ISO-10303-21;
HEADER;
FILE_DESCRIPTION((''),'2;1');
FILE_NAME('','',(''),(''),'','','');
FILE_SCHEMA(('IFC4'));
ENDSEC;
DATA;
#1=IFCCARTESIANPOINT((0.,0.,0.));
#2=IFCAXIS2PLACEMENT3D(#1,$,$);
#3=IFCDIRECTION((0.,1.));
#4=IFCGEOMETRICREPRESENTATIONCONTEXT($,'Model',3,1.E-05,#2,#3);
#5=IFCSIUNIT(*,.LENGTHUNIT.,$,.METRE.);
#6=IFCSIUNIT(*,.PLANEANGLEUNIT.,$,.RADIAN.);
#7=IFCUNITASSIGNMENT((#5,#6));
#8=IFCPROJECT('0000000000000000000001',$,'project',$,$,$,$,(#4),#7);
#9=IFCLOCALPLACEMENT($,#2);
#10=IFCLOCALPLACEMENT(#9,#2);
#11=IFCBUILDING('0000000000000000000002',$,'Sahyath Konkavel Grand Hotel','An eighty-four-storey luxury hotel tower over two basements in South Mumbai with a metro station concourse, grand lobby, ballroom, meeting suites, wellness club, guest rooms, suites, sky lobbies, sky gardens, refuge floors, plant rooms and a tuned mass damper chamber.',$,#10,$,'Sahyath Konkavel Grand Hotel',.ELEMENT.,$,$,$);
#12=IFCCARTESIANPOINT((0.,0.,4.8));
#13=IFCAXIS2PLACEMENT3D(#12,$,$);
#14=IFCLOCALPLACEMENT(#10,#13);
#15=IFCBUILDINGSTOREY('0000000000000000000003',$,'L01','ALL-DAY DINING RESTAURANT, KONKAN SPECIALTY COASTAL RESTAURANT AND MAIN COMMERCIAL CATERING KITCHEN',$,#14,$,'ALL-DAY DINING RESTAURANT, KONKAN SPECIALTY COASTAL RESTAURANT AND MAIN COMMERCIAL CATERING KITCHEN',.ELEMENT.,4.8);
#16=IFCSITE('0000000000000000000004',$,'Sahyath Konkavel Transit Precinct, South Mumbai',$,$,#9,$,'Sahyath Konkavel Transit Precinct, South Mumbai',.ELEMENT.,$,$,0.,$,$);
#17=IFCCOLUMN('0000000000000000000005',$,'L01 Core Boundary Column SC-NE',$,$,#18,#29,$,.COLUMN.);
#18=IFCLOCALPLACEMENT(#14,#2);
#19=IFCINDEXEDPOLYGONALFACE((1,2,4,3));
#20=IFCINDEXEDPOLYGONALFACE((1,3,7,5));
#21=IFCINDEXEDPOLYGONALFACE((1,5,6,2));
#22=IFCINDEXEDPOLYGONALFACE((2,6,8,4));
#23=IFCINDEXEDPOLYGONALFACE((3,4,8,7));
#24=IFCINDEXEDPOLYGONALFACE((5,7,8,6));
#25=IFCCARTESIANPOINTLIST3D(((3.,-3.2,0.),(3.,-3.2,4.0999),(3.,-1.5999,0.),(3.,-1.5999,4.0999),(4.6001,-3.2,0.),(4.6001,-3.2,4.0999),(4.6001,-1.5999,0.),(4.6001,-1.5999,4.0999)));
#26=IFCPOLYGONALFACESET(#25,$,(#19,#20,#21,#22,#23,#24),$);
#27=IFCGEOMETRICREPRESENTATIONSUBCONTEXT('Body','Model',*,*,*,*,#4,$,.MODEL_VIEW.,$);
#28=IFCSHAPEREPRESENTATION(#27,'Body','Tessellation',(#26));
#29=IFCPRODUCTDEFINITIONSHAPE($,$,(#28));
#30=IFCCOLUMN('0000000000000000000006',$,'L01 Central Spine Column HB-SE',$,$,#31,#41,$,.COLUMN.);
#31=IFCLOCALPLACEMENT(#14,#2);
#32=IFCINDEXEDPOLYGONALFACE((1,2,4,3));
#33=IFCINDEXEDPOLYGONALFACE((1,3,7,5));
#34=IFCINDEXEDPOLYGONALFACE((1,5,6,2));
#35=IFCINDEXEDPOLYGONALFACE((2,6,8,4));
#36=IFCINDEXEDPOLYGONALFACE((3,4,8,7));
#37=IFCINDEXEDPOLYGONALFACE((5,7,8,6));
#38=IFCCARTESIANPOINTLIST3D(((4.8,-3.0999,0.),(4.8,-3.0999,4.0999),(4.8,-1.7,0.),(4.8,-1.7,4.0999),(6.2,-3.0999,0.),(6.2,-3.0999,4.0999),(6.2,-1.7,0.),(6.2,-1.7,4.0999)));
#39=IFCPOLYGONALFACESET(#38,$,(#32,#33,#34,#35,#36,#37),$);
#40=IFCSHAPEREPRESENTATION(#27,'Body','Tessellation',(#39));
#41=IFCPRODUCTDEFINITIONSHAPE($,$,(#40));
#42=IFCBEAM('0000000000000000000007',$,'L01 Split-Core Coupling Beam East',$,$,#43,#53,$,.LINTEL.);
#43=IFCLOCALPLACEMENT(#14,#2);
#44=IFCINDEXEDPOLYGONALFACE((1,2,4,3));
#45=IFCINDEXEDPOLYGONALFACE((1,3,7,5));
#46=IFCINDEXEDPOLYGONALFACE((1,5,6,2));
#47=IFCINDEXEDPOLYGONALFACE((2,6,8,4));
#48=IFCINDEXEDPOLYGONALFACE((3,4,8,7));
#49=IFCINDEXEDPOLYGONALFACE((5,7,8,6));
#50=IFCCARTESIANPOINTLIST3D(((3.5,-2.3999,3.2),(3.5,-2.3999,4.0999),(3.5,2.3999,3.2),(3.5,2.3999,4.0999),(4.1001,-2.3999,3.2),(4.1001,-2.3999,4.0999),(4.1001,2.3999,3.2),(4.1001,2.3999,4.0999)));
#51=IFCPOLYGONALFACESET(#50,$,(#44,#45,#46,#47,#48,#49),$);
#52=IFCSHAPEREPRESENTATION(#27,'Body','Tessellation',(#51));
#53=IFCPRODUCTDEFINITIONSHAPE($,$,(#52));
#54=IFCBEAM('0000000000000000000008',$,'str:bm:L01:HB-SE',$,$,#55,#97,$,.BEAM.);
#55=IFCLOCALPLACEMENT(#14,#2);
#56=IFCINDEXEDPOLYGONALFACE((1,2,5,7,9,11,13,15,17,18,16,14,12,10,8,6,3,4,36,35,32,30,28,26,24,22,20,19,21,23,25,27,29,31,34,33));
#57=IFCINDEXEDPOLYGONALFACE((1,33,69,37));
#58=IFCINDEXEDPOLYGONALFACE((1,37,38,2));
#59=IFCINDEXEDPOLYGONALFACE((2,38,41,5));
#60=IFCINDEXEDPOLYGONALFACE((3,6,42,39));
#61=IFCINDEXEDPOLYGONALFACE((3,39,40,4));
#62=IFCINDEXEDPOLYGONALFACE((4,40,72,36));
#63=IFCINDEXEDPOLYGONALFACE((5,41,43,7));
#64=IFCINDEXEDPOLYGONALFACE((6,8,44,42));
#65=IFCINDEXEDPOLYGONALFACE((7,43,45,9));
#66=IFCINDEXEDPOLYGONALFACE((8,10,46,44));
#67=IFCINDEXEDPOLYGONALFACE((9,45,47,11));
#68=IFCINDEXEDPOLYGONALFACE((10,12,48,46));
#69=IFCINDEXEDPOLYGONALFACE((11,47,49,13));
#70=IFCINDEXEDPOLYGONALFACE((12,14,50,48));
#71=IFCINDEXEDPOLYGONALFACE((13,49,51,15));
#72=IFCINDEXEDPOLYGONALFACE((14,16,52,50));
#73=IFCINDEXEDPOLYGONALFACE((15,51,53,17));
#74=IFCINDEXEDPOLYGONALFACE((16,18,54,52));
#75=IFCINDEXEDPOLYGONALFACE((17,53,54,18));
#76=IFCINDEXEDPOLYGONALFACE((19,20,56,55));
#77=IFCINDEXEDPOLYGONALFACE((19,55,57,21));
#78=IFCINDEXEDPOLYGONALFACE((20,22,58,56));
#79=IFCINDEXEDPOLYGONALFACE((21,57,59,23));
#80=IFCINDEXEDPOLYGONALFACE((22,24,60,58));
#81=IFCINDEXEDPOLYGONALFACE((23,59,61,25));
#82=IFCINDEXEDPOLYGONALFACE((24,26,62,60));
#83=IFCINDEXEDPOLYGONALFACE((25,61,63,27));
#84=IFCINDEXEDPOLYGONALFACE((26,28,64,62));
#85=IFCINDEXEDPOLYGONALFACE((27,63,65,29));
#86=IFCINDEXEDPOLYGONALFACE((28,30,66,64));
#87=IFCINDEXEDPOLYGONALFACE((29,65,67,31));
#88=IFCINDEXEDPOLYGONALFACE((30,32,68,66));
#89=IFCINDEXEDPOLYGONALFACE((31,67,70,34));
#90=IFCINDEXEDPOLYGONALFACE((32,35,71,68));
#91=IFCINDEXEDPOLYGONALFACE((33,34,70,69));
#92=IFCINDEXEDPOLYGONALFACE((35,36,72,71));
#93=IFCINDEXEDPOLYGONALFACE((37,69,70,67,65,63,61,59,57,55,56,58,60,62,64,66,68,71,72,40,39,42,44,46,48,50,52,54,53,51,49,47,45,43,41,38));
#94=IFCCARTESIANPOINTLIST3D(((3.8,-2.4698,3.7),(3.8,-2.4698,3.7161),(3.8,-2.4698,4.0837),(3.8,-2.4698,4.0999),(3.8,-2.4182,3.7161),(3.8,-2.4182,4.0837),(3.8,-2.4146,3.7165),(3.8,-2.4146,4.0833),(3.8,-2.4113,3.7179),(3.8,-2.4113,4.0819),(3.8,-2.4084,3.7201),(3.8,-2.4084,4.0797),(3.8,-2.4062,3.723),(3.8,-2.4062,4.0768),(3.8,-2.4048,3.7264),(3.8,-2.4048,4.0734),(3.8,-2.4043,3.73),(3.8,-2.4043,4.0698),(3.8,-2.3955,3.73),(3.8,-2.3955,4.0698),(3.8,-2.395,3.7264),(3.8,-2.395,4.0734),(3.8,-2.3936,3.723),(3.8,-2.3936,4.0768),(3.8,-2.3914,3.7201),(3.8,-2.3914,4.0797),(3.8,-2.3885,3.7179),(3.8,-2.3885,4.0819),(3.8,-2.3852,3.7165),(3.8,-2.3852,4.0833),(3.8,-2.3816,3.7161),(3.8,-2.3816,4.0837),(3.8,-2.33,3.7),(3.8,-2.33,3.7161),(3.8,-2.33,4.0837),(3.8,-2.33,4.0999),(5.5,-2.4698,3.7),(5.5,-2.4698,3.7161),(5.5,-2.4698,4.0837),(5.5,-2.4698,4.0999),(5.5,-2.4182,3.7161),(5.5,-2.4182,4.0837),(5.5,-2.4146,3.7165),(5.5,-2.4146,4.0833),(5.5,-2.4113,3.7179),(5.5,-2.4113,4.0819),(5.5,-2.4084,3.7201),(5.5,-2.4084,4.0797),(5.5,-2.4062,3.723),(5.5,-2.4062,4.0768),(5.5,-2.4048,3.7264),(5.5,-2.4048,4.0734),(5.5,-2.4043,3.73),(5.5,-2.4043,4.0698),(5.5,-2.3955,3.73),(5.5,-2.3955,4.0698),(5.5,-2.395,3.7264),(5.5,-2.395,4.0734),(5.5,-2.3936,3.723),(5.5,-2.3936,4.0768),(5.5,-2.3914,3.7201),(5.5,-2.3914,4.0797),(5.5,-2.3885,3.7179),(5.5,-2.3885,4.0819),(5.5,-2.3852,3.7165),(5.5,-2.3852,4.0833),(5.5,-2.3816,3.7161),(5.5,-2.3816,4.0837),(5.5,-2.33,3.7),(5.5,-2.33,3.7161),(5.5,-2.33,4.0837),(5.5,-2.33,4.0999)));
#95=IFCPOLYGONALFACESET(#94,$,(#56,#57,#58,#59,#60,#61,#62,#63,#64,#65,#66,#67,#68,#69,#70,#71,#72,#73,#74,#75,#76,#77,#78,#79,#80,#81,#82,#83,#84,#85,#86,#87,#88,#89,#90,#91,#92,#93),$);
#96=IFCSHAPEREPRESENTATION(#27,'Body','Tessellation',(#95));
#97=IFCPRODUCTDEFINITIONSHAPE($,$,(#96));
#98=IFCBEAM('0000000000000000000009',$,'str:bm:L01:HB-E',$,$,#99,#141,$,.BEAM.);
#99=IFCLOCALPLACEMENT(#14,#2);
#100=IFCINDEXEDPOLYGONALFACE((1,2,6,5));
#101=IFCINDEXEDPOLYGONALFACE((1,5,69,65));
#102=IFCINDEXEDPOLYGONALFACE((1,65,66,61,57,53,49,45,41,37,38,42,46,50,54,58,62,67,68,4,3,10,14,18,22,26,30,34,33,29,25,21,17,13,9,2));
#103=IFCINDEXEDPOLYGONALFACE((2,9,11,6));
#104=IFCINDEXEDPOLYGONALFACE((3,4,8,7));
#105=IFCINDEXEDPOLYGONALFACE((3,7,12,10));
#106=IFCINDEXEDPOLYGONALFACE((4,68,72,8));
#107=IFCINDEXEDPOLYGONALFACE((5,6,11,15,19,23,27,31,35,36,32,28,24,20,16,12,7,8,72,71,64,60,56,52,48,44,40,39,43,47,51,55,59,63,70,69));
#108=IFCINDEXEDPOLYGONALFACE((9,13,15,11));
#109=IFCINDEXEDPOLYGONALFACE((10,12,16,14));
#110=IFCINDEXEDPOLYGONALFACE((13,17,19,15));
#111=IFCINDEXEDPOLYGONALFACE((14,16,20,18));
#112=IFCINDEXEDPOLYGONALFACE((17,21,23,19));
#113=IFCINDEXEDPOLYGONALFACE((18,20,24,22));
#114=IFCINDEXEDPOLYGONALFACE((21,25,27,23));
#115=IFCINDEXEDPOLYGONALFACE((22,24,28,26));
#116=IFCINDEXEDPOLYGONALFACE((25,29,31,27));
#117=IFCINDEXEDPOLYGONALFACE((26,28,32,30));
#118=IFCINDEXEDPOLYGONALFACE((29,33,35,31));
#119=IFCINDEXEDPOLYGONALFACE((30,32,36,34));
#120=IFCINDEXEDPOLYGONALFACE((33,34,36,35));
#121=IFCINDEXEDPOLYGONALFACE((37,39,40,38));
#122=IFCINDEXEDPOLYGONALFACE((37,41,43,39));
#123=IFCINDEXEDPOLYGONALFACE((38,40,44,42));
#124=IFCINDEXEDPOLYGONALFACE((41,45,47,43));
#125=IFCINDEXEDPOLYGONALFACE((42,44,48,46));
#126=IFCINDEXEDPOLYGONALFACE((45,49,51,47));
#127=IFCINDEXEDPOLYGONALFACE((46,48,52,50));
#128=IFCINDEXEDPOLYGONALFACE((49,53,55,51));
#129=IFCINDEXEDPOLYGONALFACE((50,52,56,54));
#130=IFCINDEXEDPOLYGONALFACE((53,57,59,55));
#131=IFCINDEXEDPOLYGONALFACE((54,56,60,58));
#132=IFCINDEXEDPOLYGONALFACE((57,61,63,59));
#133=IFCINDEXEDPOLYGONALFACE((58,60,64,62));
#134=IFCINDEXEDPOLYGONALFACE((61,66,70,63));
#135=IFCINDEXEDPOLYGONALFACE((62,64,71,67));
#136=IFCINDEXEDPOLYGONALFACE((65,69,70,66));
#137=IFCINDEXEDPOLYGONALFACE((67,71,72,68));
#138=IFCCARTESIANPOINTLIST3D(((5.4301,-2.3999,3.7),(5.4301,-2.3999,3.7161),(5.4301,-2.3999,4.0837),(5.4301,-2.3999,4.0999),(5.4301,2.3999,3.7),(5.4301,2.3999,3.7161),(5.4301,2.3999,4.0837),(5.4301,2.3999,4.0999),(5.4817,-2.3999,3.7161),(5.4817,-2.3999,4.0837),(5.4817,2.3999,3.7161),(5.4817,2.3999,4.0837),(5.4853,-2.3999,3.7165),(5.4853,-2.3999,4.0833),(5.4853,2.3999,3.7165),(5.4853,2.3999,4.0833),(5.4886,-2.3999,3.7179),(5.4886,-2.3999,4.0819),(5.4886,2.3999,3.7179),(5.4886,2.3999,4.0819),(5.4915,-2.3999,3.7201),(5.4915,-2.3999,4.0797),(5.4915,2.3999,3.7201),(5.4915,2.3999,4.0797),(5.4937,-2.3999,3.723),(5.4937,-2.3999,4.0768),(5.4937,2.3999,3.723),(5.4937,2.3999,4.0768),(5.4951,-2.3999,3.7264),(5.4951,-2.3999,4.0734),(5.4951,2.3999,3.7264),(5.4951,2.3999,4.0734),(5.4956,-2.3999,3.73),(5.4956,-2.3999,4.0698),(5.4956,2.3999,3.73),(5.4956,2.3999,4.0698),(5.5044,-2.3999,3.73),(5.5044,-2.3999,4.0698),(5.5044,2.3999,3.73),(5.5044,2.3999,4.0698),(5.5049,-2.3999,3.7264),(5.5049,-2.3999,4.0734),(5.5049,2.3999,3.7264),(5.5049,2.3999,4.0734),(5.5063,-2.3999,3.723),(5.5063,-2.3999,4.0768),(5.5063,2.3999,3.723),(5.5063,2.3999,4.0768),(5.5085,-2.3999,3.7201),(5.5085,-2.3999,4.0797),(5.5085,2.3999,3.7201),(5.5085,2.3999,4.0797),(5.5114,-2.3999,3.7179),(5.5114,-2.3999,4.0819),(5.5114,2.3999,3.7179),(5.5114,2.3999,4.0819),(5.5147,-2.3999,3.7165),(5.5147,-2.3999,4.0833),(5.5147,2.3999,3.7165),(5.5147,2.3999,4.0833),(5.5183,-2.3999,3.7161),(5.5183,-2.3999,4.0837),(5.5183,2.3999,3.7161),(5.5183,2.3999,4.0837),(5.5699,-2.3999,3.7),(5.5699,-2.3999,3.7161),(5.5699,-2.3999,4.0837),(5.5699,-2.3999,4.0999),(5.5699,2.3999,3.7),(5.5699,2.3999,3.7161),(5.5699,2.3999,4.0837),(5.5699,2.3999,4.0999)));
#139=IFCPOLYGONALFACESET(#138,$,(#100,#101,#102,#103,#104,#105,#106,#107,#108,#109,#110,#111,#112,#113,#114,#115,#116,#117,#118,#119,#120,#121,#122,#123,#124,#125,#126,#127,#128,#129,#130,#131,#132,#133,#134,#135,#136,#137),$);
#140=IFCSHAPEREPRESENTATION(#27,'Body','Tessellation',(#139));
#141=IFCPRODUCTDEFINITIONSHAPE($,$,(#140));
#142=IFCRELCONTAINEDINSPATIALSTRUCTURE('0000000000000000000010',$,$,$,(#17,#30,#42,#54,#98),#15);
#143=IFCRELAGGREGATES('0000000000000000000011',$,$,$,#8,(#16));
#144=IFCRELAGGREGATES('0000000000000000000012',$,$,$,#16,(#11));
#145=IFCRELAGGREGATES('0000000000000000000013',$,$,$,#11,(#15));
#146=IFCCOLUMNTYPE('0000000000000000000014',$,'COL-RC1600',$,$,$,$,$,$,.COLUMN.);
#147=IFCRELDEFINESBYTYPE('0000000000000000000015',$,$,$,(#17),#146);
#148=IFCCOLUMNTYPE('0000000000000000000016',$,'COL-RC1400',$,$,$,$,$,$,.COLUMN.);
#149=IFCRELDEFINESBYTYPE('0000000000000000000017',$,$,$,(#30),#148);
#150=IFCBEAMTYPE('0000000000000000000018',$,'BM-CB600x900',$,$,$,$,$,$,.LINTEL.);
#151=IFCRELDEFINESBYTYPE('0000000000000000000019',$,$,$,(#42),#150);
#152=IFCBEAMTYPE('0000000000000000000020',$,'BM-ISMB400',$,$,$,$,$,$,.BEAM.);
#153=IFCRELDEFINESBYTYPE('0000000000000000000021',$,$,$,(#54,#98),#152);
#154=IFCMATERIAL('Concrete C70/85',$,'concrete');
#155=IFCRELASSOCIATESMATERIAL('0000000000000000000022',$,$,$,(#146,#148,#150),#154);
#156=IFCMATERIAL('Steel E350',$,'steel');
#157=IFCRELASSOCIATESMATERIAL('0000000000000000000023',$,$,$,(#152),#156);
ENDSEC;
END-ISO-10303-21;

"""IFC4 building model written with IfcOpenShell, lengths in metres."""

from ifc_helpers import new_model, si_unit, direction, frame, origin, origin_2d, place, context, subcontext, project, spatial, rectangle, i_section, extrude, source, transform, mapped, material, material_profile, profile_set, type_object, element, save


model = new_model("IFC4")

# Units and contexts
model_context = context("Model", 3, precision=1e-05, world=origin(), true_north=direction((0.0, 1.0)))
body_context = subcontext(model_context, "Body", "Model", "MODEL_VIEW")
ifc_project = project(units=[si_unit("LENGTHUNIT", "METRE"), si_unit("PLANEANGLEUNIT", "RADIAN")], contexts=[model_context])

# Site, building, storey
site_placement = place(None, origin())
site = spatial("IfcSite", under=ifc_project, at=site_placement, Name="Sahyath Konkavel Transit Precinct, South Mumbai", LongName="Sahyath Konkavel Transit Precinct, South Mumbai", CompositionType="ELEMENT", RefElevation=0.0)
building_placement = place(site_placement, origin())
building = spatial("IfcBuilding", under=site, at=building_placement, Name="Sahyath Konkavel Grand Hotel", Description="An eighty-four-storey luxury hotel tower over two basements in South Mumbai with a metro station concourse, grand lobby, ballroom, meeting suites, wellness club, guest rooms, suites, sky lobbies, sky gardens, refuge floors, plant rooms and a tuned mass damper chamber.", LongName="Sahyath Konkavel Grand Hotel", CompositionType="ELEMENT")
storey_placement = place(building_placement, frame((0.0, 0.0, 4.8)))
storey = spatial("IfcBuildingStorey", under=building, at=storey_placement, Name="L01", Description="ALL-DAY DINING RESTAURANT, KONKAN SPECIALTY COASTAL RESTAURANT AND MAIN COMMERCIAL CATERING KITCHEN", LongName="ALL-DAY DINING RESTAURANT, KONKAN SPECIALTY COASTAL RESTAURANT AND MAIN COMMERCIAL CATERING KITCHEN", CompositionType="ELEMENT", Elevation=4.8)

# Columns
ifc_material_1 = material(Name="Concrete C70/85", Category="concrete")
ifc_material_profile_1 = material_profile(ifc_material_1, rectangle(XDim=1.6001, YDim=1.6001, at=origin_2d()), Name="RC 1600x1600")
ifc_profile_set_1 = profile_set([ifc_material_profile_1], Name="Concrete C70/85")
column_type_1 = type_object("IfcColumnType", Name="COL-RC1600", PredefinedType="COLUMN", material=ifc_profile_set_1)
shared_shape_1 = source(origin(), body_context, "Body", "SweptSolid", [
    extrude(rectangle(XDim=1.6001, YDim=1.6001, at=origin_2d()), origin(), (0.0, 0.0, 1.0), 4.0999),
])
column_1_placement = place(storey_placement, frame((3.8, -2.3999, 0.0), z_axis=(0.0, 0.0, 1.0), x_axis=(1.0, 0.0, 0.0)))
element("IfcColumn", 1, at=column_1_placement, inside=storey, type_object=column_type_1, Name="L01 Core Boundary Column SC-NE", PredefinedType="COLUMN", context=body_context, shape_type="MappedRepresentation", body=[
    mapped(shared_shape_1, transform((0.0, 0.0, 0.0), scale=1.0)),
])
ifc_material_profile_2 = material_profile(ifc_material_1, rectangle(XDim=1.3999, YDim=1.3999, at=origin_2d()), Name="RC 1400x1400")
ifc_profile_set_2 = profile_set([ifc_material_profile_2], Name="Concrete C70/85")
column_type_2 = type_object("IfcColumnType", Name="COL-RC1400", PredefinedType="COLUMN", material=ifc_profile_set_2)
shared_shape_2 = source(origin(), body_context, "Body", "SweptSolid", [
    extrude(rectangle(XDim=1.3999, YDim=1.3999, at=origin_2d()), origin(), (0.0, 0.0, 1.0), 4.0999),
])
column_2_placement = place(storey_placement, frame((5.5, -2.3999, 0.0), z_axis=(0.0, 0.0, 1.0), x_axis=(1.0, 0.0, 0.0)))
element("IfcColumn", 2, at=column_2_placement, inside=storey, type_object=column_type_2, Name="L01 Central Spine Column HB-SE", PredefinedType="COLUMN", context=body_context, shape_type="MappedRepresentation", body=[
    mapped(shared_shape_2, transform((0.0, 0.0, 0.0), scale=1.0)),
])

# Beams
ifc_material_profile_3 = material_profile(ifc_material_1, rectangle(XDim=0.6001, YDim=0.8999, at=origin_2d()), Name="RC 600x900")
ifc_profile_set_3 = profile_set([ifc_material_profile_3], Name="Concrete C70/85")
beam_type_1 = type_object("IfcBeamType", Name="BM-CB600x900", PredefinedType="LINTEL", material=ifc_profile_set_3)
shared_shape_3 = source(origin(), body_context, "Body", "SweptSolid", [
    extrude(rectangle(XDim=0.6001, YDim=0.8999, at=origin_2d()), origin(), (0.0, 0.0, 1.0), 4.7998),
])
beam_1_placement = place(storey_placement, frame((3.8, -2.3999, 3.6499), z_axis=(0.0, 1.0, 0.0), x_axis=(-1.0, 0.0, 0.0)))
element("IfcBeam", 3, at=beam_1_placement, inside=storey, type_object=beam_type_1, Name="L01 Split-Core Coupling Beam East", PredefinedType="LINTEL", context=body_context, shape_type="MappedRepresentation", body=[
    mapped(shared_shape_3, transform((0.0, 0.0, 0.0), scale=1.0)),
])
ifc_material_2 = material(Name="Steel E350", Category="steel")
ifc_material_profile_4 = material_profile(ifc_material_2, i_section(OverallWidth=0.1399, OverallDepth=0.3999, WebThickness=0.0088, FlangeThickness=0.0161, FilletRadius=0.0139, at=origin_2d()), Name="ISMB 400")
ifc_profile_set_4 = profile_set([ifc_material_profile_4], Name="Steel E350")
beam_type_2 = type_object("IfcBeamType", Name="BM-ISMB400", PredefinedType="BEAM", material=ifc_profile_set_4)
shared_shape_4 = source(origin(), body_context, "Body", "SweptSolid", [
    extrude(i_section(OverallWidth=0.1399, OverallDepth=0.3999, WebThickness=0.0088, FlangeThickness=0.0161, FilletRadius=0.0139, at=origin_2d()), origin(), (0.0, 0.0, 1.0), 1.7),
])
beam_2_placement = place(storey_placement, frame((3.8, -2.3999, 3.8999), z_axis=(1.0, 0.0, 0.0), x_axis=(0.0, 1.0, 0.0)))
element("IfcBeam", 4, at=beam_2_placement, inside=storey, type_object=beam_type_2, Name="str:bm:L01:HB-SE", PredefinedType="BEAM", context=body_context, shape_type="MappedRepresentation", body=[
    mapped(shared_shape_4, transform((0.0, 0.0, 0.0), scale=1.0)),
])
shared_shape_5 = source(origin(), body_context, "Body", "SweptSolid", [
    extrude(i_section(OverallWidth=0.1399, OverallDepth=0.3999, WebThickness=0.0088, FlangeThickness=0.0161, FilletRadius=0.0139, at=origin_2d()), origin(), (0.0, 0.0, 1.0), 4.7998),
])
beam_3_placement = place(storey_placement, frame((5.5, -2.3999, 3.8999), z_axis=(0.0, 1.0, 0.0), x_axis=(-1.0, 0.0, 0.0)))
element("IfcBeam", 5, at=beam_3_placement, inside=storey, type_object=beam_type_2, Name="str:bm:L01:HB-E", PredefinedType="BEAM", context=body_context, shape_type="MappedRepresentation", body=[
    mapped(shared_shape_5, transform((0.0, 0.0, 0.0), scale=1.0)),
])

save(model, "model.ifc")
